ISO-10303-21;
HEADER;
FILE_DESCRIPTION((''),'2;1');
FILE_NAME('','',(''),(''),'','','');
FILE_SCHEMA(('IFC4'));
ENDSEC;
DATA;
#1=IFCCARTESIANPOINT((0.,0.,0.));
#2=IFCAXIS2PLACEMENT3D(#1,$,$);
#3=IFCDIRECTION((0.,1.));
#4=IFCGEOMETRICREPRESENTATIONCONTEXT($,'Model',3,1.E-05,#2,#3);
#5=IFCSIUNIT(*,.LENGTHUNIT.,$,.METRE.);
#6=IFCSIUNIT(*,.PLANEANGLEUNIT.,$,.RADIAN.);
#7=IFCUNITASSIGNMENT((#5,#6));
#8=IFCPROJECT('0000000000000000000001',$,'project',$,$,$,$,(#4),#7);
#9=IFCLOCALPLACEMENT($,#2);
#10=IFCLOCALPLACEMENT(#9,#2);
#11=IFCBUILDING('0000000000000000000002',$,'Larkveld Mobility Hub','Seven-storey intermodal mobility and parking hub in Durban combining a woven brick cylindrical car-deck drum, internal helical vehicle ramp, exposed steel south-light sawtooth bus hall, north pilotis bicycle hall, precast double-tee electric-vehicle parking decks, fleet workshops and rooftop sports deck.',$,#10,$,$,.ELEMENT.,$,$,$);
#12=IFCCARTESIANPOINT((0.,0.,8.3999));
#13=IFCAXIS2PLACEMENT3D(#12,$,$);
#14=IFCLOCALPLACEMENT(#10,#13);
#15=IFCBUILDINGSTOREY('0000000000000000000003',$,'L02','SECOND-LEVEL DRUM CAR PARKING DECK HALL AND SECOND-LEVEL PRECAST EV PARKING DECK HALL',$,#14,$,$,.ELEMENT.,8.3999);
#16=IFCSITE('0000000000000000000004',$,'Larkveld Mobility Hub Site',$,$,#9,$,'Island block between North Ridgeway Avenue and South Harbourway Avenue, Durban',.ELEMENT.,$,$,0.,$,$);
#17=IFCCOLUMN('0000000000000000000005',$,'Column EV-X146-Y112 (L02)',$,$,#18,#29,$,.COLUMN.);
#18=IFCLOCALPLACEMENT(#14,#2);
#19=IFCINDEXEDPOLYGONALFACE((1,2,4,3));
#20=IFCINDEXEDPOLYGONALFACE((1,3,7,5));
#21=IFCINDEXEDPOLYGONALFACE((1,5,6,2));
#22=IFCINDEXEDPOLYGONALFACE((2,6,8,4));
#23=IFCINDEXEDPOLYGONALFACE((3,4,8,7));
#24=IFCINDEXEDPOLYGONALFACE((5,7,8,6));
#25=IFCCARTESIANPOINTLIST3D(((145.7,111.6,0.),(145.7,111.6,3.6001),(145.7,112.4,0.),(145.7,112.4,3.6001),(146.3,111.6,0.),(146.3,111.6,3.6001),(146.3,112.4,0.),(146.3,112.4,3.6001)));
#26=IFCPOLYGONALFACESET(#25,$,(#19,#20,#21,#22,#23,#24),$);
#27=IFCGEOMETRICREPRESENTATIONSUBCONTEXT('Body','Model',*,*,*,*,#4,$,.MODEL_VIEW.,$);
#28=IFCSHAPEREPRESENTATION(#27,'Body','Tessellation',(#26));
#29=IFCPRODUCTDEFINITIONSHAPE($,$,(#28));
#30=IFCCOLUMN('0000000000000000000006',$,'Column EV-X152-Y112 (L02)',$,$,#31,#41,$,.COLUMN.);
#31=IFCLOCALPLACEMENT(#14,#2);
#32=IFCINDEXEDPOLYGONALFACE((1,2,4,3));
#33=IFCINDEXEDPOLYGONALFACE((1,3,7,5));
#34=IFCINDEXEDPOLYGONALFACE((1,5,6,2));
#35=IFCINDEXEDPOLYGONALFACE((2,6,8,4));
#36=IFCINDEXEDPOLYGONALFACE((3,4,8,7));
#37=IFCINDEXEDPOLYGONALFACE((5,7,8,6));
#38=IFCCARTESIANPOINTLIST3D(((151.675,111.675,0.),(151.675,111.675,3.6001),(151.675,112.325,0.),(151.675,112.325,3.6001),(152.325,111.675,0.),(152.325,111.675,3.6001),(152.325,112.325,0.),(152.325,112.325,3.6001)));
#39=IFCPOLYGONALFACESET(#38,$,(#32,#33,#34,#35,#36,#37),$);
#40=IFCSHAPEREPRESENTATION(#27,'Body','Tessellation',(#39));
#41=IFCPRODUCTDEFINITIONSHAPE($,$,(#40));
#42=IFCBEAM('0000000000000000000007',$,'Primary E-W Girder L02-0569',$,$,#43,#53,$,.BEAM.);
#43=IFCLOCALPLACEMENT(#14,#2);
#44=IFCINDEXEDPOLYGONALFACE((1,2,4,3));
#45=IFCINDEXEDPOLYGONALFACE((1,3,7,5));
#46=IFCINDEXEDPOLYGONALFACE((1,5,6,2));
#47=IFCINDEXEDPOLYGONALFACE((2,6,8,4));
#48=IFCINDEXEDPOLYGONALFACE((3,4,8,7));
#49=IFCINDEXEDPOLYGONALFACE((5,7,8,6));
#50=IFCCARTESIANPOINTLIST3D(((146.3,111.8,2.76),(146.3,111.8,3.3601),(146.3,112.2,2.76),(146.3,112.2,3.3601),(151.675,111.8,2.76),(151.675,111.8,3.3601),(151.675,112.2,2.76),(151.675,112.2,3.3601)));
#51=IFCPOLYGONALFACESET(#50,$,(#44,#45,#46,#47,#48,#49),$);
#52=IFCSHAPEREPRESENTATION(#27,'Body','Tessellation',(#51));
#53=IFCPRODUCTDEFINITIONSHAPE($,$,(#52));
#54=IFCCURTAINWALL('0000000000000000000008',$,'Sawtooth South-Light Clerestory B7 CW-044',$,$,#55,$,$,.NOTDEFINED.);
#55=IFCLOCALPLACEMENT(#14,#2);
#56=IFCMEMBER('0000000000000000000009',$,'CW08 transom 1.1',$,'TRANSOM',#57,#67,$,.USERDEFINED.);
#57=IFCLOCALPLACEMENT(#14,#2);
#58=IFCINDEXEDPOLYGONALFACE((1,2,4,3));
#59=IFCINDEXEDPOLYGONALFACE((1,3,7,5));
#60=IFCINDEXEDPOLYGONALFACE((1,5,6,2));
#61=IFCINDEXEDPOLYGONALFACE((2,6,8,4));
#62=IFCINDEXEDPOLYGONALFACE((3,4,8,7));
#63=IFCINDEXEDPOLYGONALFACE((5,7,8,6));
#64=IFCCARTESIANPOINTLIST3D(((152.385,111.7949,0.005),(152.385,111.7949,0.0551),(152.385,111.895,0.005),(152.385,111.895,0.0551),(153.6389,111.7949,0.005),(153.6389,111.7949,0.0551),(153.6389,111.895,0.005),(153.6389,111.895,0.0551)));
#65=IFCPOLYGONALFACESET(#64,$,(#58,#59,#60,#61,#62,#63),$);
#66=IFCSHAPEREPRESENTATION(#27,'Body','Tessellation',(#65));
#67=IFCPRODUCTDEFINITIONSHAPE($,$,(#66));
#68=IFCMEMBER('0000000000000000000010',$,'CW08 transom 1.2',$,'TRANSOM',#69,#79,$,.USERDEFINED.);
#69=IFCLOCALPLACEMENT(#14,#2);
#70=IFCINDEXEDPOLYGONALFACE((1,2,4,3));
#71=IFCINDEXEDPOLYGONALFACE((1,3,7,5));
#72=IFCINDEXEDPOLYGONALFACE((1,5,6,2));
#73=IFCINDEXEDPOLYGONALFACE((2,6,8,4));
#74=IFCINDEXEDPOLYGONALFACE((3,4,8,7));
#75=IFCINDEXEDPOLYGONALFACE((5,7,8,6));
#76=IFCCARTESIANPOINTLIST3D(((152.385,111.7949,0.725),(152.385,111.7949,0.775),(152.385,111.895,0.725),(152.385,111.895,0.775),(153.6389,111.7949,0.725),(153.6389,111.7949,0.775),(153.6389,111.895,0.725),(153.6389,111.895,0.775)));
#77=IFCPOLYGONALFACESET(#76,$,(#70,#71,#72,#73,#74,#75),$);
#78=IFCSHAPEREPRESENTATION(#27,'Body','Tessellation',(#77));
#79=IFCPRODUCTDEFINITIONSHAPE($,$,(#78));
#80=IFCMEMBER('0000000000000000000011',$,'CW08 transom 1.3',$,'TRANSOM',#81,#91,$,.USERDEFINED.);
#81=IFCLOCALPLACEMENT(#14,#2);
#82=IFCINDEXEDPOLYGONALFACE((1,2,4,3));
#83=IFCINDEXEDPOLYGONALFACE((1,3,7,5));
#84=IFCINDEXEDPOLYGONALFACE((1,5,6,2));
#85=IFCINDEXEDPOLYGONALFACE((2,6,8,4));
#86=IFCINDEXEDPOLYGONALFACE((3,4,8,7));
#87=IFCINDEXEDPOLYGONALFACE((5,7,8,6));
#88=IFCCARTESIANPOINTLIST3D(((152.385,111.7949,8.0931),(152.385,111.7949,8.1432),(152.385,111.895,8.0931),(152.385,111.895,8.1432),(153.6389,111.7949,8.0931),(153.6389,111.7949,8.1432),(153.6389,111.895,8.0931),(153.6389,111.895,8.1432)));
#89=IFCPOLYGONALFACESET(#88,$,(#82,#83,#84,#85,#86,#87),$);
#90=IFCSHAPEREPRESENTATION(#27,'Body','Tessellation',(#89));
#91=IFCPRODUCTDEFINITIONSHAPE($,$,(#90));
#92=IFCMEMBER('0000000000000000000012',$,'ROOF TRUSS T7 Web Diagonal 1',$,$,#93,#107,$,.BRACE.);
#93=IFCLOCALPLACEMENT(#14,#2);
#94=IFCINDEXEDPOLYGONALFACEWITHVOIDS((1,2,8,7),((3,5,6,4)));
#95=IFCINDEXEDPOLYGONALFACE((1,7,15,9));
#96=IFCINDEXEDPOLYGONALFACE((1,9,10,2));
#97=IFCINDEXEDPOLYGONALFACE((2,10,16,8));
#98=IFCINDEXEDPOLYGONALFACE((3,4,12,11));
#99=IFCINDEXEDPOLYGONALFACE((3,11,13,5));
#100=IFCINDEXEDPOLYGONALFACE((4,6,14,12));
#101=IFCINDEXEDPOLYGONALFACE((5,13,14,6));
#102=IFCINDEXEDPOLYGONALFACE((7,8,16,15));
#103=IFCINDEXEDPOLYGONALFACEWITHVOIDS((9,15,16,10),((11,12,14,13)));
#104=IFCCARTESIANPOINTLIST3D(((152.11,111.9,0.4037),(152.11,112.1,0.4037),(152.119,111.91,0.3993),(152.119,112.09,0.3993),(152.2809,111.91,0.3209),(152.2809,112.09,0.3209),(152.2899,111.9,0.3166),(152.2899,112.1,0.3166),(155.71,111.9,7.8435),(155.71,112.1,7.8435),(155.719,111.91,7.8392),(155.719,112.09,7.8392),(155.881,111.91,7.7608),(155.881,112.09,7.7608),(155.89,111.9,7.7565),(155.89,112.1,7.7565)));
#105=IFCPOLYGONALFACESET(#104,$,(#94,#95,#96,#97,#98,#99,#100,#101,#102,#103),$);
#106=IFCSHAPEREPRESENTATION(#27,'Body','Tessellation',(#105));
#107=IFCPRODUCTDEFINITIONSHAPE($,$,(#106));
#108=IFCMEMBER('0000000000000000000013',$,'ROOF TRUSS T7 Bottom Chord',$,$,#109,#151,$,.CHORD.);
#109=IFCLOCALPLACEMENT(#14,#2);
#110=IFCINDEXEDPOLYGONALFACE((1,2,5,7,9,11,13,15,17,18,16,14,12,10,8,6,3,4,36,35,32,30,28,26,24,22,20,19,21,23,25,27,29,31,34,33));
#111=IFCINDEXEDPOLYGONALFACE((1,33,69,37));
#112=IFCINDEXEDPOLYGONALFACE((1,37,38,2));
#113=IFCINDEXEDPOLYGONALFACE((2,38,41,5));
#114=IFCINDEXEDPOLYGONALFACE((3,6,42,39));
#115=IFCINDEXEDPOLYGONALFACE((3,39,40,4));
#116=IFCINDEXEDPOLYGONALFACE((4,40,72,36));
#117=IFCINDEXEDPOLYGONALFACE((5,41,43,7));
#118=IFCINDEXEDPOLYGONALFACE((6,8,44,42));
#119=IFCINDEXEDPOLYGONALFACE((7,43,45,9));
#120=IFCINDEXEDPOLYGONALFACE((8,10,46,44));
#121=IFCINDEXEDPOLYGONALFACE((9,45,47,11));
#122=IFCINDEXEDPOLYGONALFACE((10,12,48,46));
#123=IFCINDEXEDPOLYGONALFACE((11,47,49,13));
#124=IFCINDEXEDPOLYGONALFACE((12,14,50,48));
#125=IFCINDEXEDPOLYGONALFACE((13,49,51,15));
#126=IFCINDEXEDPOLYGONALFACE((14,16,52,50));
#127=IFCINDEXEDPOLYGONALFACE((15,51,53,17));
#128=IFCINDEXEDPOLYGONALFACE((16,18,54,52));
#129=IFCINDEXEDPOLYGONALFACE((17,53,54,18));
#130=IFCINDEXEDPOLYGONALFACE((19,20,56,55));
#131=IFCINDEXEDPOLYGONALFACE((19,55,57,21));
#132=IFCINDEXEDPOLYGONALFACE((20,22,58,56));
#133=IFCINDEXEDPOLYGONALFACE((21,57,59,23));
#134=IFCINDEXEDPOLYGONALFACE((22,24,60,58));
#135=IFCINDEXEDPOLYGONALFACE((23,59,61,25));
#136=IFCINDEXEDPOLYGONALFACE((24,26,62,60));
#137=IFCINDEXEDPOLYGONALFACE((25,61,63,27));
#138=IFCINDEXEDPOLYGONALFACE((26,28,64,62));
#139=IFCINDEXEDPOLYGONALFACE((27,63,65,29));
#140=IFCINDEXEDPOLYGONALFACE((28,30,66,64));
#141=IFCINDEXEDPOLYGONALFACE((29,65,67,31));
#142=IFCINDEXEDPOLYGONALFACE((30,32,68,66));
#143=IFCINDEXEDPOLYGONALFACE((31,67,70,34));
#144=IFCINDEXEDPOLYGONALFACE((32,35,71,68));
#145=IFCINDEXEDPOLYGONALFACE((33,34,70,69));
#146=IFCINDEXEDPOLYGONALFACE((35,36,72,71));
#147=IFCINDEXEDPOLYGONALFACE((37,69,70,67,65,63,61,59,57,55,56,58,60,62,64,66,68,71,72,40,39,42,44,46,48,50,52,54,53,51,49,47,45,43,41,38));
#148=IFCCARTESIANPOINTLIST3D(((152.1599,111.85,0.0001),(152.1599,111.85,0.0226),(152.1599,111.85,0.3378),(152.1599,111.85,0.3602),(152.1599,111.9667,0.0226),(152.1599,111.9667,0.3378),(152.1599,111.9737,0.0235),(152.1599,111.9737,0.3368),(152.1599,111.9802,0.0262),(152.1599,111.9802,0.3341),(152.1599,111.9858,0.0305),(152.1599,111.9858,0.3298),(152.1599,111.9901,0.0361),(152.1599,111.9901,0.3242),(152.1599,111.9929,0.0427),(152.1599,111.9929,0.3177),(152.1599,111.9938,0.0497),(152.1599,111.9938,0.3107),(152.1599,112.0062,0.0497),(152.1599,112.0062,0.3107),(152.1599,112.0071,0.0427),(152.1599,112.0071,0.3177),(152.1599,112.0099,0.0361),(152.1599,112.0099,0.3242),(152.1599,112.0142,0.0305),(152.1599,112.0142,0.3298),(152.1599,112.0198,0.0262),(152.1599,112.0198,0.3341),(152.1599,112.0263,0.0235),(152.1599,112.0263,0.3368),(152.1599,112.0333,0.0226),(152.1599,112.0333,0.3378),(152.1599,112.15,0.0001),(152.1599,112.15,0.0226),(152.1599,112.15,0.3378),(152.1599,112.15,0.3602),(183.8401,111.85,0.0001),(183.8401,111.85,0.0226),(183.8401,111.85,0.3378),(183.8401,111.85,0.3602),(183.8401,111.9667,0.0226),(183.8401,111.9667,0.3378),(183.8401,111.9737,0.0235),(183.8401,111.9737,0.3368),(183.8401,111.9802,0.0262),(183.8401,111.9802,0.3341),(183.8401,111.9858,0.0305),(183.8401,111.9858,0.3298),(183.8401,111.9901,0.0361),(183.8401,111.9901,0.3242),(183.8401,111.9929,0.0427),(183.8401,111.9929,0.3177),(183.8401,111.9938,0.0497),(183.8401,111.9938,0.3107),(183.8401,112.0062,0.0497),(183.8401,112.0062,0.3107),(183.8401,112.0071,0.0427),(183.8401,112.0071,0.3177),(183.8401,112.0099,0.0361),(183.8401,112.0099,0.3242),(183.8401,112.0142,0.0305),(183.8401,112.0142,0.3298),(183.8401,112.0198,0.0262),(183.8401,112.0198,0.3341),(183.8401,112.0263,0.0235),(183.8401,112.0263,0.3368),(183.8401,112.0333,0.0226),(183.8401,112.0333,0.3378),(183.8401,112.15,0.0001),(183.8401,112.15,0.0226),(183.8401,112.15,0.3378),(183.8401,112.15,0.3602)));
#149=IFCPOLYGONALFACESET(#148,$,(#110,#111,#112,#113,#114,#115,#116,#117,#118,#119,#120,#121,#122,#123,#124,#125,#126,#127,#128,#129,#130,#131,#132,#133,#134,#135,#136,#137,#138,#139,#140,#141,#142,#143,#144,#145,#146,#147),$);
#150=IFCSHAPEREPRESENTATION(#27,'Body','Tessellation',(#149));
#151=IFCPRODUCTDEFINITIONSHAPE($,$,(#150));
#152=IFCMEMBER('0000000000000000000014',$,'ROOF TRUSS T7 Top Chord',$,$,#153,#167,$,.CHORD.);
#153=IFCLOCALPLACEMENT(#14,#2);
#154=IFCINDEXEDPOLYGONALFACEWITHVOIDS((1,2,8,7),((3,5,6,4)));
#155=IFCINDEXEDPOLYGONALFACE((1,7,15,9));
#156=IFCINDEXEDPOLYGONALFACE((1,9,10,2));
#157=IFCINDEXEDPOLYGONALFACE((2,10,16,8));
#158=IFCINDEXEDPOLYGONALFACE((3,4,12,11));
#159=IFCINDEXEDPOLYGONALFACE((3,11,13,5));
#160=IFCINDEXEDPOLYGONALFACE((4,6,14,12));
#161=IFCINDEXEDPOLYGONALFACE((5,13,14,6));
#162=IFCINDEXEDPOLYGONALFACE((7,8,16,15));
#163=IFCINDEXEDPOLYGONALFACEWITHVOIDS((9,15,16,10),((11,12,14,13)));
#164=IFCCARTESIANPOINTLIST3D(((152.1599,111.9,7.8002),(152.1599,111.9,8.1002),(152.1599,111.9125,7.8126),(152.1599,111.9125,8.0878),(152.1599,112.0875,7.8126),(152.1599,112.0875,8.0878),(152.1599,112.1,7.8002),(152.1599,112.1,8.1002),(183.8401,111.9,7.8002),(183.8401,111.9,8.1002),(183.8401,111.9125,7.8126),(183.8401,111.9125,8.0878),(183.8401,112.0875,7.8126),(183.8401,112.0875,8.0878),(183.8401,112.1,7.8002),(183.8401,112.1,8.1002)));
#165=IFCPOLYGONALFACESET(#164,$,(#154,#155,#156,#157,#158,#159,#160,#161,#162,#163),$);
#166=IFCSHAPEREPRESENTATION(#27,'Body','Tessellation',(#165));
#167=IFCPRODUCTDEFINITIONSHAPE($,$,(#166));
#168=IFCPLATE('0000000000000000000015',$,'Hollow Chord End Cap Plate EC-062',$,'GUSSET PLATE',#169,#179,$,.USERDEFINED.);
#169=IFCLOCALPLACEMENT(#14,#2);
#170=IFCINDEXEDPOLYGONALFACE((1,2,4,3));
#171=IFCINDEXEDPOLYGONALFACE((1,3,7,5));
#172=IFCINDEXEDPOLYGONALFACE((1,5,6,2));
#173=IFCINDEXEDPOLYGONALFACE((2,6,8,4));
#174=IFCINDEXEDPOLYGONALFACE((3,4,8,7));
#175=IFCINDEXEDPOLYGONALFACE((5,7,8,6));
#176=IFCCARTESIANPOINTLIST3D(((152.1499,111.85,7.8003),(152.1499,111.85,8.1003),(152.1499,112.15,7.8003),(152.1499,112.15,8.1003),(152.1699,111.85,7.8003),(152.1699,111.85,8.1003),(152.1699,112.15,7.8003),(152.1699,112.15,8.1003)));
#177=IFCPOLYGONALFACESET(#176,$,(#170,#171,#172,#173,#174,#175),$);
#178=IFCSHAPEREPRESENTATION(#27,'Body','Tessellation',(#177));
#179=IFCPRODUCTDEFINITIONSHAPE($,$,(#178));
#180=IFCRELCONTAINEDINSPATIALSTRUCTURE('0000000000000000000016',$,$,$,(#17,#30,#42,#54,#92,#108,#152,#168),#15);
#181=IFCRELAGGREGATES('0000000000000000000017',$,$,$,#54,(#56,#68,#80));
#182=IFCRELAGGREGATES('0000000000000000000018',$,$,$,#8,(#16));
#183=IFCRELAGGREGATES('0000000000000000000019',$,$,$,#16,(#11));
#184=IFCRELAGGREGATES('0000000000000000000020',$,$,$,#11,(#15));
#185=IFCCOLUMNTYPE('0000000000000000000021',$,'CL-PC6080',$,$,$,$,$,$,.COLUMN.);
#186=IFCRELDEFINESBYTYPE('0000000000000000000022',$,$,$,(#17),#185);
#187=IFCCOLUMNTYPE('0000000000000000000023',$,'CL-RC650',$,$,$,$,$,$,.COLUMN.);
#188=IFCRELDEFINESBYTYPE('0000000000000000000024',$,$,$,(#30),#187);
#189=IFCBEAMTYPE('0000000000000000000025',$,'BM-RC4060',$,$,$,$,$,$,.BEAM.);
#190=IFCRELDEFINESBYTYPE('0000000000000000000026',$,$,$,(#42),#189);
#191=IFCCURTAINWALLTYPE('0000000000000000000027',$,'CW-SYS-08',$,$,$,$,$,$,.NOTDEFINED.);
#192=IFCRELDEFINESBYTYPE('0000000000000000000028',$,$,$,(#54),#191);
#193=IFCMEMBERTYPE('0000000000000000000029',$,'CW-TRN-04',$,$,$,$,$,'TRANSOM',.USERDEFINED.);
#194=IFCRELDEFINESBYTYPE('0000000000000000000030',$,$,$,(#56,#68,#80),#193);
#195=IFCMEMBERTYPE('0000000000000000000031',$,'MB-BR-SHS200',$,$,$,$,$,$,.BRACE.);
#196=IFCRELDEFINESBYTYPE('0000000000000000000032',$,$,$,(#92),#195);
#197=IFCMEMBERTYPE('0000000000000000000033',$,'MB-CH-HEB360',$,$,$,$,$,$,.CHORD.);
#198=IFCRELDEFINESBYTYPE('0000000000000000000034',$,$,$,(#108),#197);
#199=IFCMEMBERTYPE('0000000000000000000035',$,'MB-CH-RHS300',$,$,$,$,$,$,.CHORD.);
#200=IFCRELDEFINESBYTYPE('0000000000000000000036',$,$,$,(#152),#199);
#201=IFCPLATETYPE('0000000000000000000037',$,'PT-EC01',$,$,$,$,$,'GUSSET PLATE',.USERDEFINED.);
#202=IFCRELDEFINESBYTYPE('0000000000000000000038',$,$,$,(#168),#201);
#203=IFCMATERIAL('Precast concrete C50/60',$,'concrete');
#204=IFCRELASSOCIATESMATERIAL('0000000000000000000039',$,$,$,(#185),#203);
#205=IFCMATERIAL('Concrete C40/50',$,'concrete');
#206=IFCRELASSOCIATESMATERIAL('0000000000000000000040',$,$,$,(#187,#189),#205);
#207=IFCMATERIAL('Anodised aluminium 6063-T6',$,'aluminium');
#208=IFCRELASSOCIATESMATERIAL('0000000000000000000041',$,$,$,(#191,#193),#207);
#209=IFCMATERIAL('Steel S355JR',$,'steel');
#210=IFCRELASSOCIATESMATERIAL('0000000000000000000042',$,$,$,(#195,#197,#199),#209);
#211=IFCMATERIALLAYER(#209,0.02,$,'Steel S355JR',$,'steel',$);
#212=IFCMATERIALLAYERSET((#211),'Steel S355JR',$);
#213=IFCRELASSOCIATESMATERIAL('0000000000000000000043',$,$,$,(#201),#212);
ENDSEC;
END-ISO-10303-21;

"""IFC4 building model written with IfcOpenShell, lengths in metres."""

from ifc_helpers import new_model, si_unit, direction, frame, origin, origin_2d, place, context, subcontext, project, spatial, rectangle, hollow_rectangle, i_section, extrude, material, layer, layer_set, material_profile, profile_set, type_object, element, aggregate, save


model = new_model("IFC4")

# Units and contexts
model_context = context("Model", 3, precision=1e-05, world=origin(), true_north=direction((0.0, 1.0)))
body_context = subcontext(model_context, "Body", "Model", "MODEL_VIEW")
ifc_project = project(units=[si_unit("LENGTHUNIT", "METRE"), si_unit("PLANEANGLEUNIT", "RADIAN")], contexts=[model_context])

# Site, building, storey
site_placement = place(None, origin())
site = spatial("IfcSite", under=ifc_project, at=site_placement, Name="Larkveld Mobility Hub Site", LongName="Island block between North Ridgeway Avenue and South Harbourway Avenue, Durban", CompositionType="ELEMENT", RefElevation=0.0)
building_placement = place(site_placement, origin())
building = spatial("IfcBuilding", under=site, at=building_placement, Name="Larkveld Mobility Hub", Description="Seven-storey intermodal mobility and parking hub in Durban combining a woven brick cylindrical car-deck drum, internal helical vehicle ramp, exposed steel south-light sawtooth bus hall, north pilotis bicycle hall, precast double-tee electric-vehicle parking decks, fleet workshops and rooftop sports deck.", CompositionType="ELEMENT")
storey_placement = place(building_placement, frame((0.0, 0.0, 8.3999)))
storey = spatial("IfcBuildingStorey", under=building, at=storey_placement, Name="L02", Description="SECOND-LEVEL DRUM CAR PARKING DECK HALL AND SECOND-LEVEL PRECAST EV PARKING DECK HALL", CompositionType="ELEMENT", Elevation=8.3999)

# Columns
ifc_material_1 = material(Name="Precast concrete C50/60", Category="concrete")
ifc_material_profile_1 = material_profile(ifc_material_1, rectangle(XDim=0.6001, YDim=0.8, at=origin_2d()), Name="RC COL 600x800")
ifc_profile_set_1 = profile_set([ifc_material_profile_1], Name="Precast concrete C50/60")
column_type_1 = type_object("IfcColumnType", Name="CL-PC6080", PredefinedType="COLUMN", material=ifc_profile_set_1)
column_1_placement = place(storey_placement, frame((146.0, 112.0, 0.0), z_axis=(0.0, 0.0, 1.0), x_axis=(1.0, 0.0, 0.0)))
element("IfcColumn", 1, at=column_1_placement, inside=storey, type_object=column_type_1, Name="Column EV-X146-Y112 (L02)", PredefinedType="COLUMN", context=body_context, shape_type="SweptSolid", body=[
    extrude(rectangle(XDim=0.6001, YDim=0.8, at=origin_2d()), origin(), (0.0, 0.0, 1.0), 3.6001),
])
ifc_material_2 = material(Name="Concrete C40/50", Category="concrete")
ifc_material_profile_2 = material_profile(ifc_material_2, rectangle(XDim=0.6499, YDim=0.6499, at=origin_2d()), Name="RC COL 650x650")
ifc_profile_set_2 = profile_set([ifc_material_profile_2], Name="Concrete C40/50")
column_type_2 = type_object("IfcColumnType", Name="CL-RC650", PredefinedType="COLUMN", material=ifc_profile_set_2)
column_2_placement = place(storey_placement, frame((152.0, 112.0, 0.0), z_axis=(0.0, 0.0, 1.0), x_axis=(1.0, 0.0, 0.0)))
element("IfcColumn", 2, at=column_2_placement, inside=storey, type_object=column_type_2, Name="Column EV-X152-Y112 (L02)", PredefinedType="COLUMN", context=body_context, shape_type="SweptSolid", body=[
    extrude(rectangle(XDim=0.6499, YDim=0.6499, at=origin_2d()), origin(), (0.0, 0.0, 1.0), 3.6001),
])

# Beam
ifc_material_profile_3 = material_profile(ifc_material_2, rectangle(XDim=0.3999, YDim=0.6001, at=origin_2d()), Name="RC BM 400x600")
ifc_profile_set_3 = profile_set([ifc_material_profile_3], Name="Concrete C40/50")
beam_type = type_object("IfcBeamType", Name="BM-RC4060", PredefinedType="BEAM", material=ifc_profile_set_3)
beam_placement = place(storey_placement, frame((146.3, 112.0, 3.0601), z_axis=(1.0, 0.0, 0.0), x_axis=(0.0, 1.0, 0.0)))
element("IfcBeam", 3, at=beam_placement, inside=storey, type_object=beam_type, Name="Primary E-W Girder L02-0569", PredefinedType="BEAM", context=body_context, shape_type="SweptSolid", body=[
    extrude(rectangle(XDim=0.3999, YDim=0.6001, at=origin_2d()), origin(), (0.0, 0.0, 1.0), 5.375),
])

# Curtain wall, members
ifc_material_3 = material(Name="Anodised aluminium 6063-T6", Category="aluminium")
curtain_wall_type = type_object("IfcCurtainWallType", Name="CW-SYS-08", PredefinedType="NOTDEFINED", material=ifc_material_3)
curtain_wall_placement = place(storey_placement, origin())
curtain_wall = element("IfcCurtainWall", 4, at=curtain_wall_placement, inside=storey, type_object=curtain_wall_type, Name="Sawtooth South-Light Clerestory B7 CW-044", PredefinedType="NOTDEFINED")
ifc_material_profile_4 = material_profile(ifc_material_3, rectangle(XDim=0.1001, YDim=0.05, at=origin_2d()), Name="ALU TRAN 50x100")
ifc_profile_set_4 = profile_set([ifc_material_profile_4], Name="Anodised aluminium 6063-T6")
member_type_1 = type_object("IfcMemberType", Name="CW-TRN-04", ElementType="TRANSOM", PredefinedType="USERDEFINED", material=ifc_profile_set_4)
member_1_placement = place(storey_placement, frame((152.385, 111.845, 0.03), z_axis=(1.0, 0.0, 0.0), x_axis=(0.0, 1.0, 0.0)))
member_1 = element("IfcMember", 5, at=member_1_placement, type_object=member_type_1, Name="CW08 transom 1.1", ObjectType="TRANSOM", PredefinedType="USERDEFINED", context=body_context, shape_type="SweptSolid", body=[
    extrude(rectangle(XDim=0.1001, YDim=0.05, at=origin_2d()), origin(), (0.0, 0.0, 1.0), 1.2539),
])
member_2_placement = place(storey_placement, frame((152.385, 111.845, 0.75), z_axis=(1.0, 0.0, 0.0), x_axis=(0.0, 1.0, 0.0)))
member_2 = element("IfcMember", 6, at=member_2_placement, type_object=member_type_1, Name="CW08 transom 1.2", ObjectType="TRANSOM", PredefinedType="USERDEFINED", context=body_context, shape_type="SweptSolid", body=[
    extrude(rectangle(XDim=0.1001, YDim=0.05, at=origin_2d()), origin(), (0.0, 0.0, 1.0), 1.2539),
])
member_3_placement = place(storey_placement, frame((152.385, 111.845, 8.1182), z_axis=(1.0, 0.0, 0.0), x_axis=(0.0, 1.0, 0.0)))
member_3 = element("IfcMember", 7, at=member_3_placement, type_object=member_type_1, Name="CW08 transom 1.3", ObjectType="TRANSOM", PredefinedType="USERDEFINED", context=body_context, shape_type="SweptSolid", body=[
    extrude(rectangle(XDim=0.1001, YDim=0.05, at=origin_2d()), origin(), (0.0, 0.0, 1.0), 1.2539),
])
aggregate(curtain_wall, [member_1, member_2, member_3])

# Members
ifc_material_4 = material(Name="Steel S355JR", Category="steel")
ifc_material_profile_5 = material_profile(ifc_material_4, hollow_rectangle(XDim=0.2, YDim=0.2, WallThickness=0.01, at=origin_2d()), Name="SHS 200x200x10")
ifc_profile_set_5 = profile_set([ifc_material_profile_5], Name="Steel S355JR")
member_type_2 = type_object("IfcMemberType", Name="MB-BR-SHS200", PredefinedType="BRACE", material=ifc_profile_set_5)
member_4_placement = place(storey_placement, frame((152.2, 112.0, 0.3601), z_axis=(0.435573, 0.0, 0.900153), x_axis=(0.0, 1.0, 0.0)))
element("IfcMember", 8, at=member_4_placement, inside=storey, type_object=member_type_2, Name="ROOF TRUSS T7 Web Diagonal 1", PredefinedType="BRACE", context=body_context, shape_type="SweptSolid", body=[
    extrude(hollow_rectangle(XDim=0.2, YDim=0.2, WallThickness=0.01, at=origin_2d()), origin(), (0.0, 0.0, 1.0), 8.2651),
])
ifc_material_profile_6 = material_profile(ifc_material_4, i_section(OverallWidth=0.3, OverallDepth=0.3601, WebThickness=0.0125, FlangeThickness=0.0225, FilletRadius=0.0271, at=origin_2d()), Name="HEB 360")
ifc_profile_set_6 = profile_set([ifc_material_profile_6], Name="Steel S355JR")
member_type_3 = type_object("IfcMemberType", Name="MB-CH-HEB360", PredefinedType="CHORD", material=ifc_profile_set_6)
member_5_placement = place(storey_placement, frame((152.1599, 112.0, 0.1802), z_axis=(1.0, 0.0, 0.0), x_axis=(0.0, 1.0, 0.0)))
element("IfcMember", 9, at=member_5_placement, inside=storey, type_object=member_type_3, Name="ROOF TRUSS T7 Bottom Chord", PredefinedType="CHORD", context=body_context, shape_type="SweptSolid", body=[
    extrude(i_section(OverallWidth=0.3, OverallDepth=0.3601, WebThickness=0.0125, FlangeThickness=0.0225, FilletRadius=0.0271, at=origin_2d()), origin(), (0.0, 0.0, 1.0), 31.6802),
])
ifc_material_profile_7 = material_profile(ifc_material_4, hollow_rectangle(XDim=0.2, YDim=0.3, WallThickness=0.0125, at=origin_2d()), Name="RHS 300x200x12.5")
ifc_profile_set_7 = profile_set([ifc_material_profile_7], Name="Steel S355JR")
member_type_4 = type_object("IfcMemberType", Name="MB-CH-RHS300", PredefinedType="CHORD", material=ifc_profile_set_7)
member_6_placement = place(storey_placement, frame((152.1599, 112.0, 7.9502), z_axis=(1.0, 0.0, 0.0), x_axis=(0.0, 1.0, 0.0)))
element("IfcMember", 10, at=member_6_placement, inside=storey, type_object=member_type_4, Name="ROOF TRUSS T7 Top Chord", PredefinedType="CHORD", context=body_context, shape_type="SweptSolid", body=[
    extrude(hollow_rectangle(XDim=0.2, YDim=0.3, WallThickness=0.0125, at=origin_2d()), origin(), (0.0, 0.0, 1.0), 31.6802),
])

# Plate
ifc_layer_1 = layer(ifc_material_4, 0.02, Name="Steel S355JR", Category="steel")
ifc_layer_set_1 = layer_set([ifc_layer_1], Name="Steel S355JR")
plate_type = type_object("IfcPlateType", Name="PT-EC01", ElementType="GUSSET PLATE", PredefinedType="USERDEFINED", material=ifc_layer_set_1)
plate_placement = place(storey_placement, frame((152.1599, 112.0, 7.8003), z_axis=(0.0, 0.0, 1.0), x_axis=(1.0, 0.0, 0.0)))
element("IfcPlate", 11, at=plate_placement, inside=storey, type_object=plate_type, Name="Hollow Chord End Cap Plate EC-062", ObjectType="GUSSET PLATE", PredefinedType="USERDEFINED", context=body_context, shape_type="SweptSolid", body=[
    extrude(rectangle(XDim=0.02, YDim=0.3, at=origin_2d()), origin(), (0.0, 0.0, 1.0), 0.3),
])

save(model, "model.ifc")
